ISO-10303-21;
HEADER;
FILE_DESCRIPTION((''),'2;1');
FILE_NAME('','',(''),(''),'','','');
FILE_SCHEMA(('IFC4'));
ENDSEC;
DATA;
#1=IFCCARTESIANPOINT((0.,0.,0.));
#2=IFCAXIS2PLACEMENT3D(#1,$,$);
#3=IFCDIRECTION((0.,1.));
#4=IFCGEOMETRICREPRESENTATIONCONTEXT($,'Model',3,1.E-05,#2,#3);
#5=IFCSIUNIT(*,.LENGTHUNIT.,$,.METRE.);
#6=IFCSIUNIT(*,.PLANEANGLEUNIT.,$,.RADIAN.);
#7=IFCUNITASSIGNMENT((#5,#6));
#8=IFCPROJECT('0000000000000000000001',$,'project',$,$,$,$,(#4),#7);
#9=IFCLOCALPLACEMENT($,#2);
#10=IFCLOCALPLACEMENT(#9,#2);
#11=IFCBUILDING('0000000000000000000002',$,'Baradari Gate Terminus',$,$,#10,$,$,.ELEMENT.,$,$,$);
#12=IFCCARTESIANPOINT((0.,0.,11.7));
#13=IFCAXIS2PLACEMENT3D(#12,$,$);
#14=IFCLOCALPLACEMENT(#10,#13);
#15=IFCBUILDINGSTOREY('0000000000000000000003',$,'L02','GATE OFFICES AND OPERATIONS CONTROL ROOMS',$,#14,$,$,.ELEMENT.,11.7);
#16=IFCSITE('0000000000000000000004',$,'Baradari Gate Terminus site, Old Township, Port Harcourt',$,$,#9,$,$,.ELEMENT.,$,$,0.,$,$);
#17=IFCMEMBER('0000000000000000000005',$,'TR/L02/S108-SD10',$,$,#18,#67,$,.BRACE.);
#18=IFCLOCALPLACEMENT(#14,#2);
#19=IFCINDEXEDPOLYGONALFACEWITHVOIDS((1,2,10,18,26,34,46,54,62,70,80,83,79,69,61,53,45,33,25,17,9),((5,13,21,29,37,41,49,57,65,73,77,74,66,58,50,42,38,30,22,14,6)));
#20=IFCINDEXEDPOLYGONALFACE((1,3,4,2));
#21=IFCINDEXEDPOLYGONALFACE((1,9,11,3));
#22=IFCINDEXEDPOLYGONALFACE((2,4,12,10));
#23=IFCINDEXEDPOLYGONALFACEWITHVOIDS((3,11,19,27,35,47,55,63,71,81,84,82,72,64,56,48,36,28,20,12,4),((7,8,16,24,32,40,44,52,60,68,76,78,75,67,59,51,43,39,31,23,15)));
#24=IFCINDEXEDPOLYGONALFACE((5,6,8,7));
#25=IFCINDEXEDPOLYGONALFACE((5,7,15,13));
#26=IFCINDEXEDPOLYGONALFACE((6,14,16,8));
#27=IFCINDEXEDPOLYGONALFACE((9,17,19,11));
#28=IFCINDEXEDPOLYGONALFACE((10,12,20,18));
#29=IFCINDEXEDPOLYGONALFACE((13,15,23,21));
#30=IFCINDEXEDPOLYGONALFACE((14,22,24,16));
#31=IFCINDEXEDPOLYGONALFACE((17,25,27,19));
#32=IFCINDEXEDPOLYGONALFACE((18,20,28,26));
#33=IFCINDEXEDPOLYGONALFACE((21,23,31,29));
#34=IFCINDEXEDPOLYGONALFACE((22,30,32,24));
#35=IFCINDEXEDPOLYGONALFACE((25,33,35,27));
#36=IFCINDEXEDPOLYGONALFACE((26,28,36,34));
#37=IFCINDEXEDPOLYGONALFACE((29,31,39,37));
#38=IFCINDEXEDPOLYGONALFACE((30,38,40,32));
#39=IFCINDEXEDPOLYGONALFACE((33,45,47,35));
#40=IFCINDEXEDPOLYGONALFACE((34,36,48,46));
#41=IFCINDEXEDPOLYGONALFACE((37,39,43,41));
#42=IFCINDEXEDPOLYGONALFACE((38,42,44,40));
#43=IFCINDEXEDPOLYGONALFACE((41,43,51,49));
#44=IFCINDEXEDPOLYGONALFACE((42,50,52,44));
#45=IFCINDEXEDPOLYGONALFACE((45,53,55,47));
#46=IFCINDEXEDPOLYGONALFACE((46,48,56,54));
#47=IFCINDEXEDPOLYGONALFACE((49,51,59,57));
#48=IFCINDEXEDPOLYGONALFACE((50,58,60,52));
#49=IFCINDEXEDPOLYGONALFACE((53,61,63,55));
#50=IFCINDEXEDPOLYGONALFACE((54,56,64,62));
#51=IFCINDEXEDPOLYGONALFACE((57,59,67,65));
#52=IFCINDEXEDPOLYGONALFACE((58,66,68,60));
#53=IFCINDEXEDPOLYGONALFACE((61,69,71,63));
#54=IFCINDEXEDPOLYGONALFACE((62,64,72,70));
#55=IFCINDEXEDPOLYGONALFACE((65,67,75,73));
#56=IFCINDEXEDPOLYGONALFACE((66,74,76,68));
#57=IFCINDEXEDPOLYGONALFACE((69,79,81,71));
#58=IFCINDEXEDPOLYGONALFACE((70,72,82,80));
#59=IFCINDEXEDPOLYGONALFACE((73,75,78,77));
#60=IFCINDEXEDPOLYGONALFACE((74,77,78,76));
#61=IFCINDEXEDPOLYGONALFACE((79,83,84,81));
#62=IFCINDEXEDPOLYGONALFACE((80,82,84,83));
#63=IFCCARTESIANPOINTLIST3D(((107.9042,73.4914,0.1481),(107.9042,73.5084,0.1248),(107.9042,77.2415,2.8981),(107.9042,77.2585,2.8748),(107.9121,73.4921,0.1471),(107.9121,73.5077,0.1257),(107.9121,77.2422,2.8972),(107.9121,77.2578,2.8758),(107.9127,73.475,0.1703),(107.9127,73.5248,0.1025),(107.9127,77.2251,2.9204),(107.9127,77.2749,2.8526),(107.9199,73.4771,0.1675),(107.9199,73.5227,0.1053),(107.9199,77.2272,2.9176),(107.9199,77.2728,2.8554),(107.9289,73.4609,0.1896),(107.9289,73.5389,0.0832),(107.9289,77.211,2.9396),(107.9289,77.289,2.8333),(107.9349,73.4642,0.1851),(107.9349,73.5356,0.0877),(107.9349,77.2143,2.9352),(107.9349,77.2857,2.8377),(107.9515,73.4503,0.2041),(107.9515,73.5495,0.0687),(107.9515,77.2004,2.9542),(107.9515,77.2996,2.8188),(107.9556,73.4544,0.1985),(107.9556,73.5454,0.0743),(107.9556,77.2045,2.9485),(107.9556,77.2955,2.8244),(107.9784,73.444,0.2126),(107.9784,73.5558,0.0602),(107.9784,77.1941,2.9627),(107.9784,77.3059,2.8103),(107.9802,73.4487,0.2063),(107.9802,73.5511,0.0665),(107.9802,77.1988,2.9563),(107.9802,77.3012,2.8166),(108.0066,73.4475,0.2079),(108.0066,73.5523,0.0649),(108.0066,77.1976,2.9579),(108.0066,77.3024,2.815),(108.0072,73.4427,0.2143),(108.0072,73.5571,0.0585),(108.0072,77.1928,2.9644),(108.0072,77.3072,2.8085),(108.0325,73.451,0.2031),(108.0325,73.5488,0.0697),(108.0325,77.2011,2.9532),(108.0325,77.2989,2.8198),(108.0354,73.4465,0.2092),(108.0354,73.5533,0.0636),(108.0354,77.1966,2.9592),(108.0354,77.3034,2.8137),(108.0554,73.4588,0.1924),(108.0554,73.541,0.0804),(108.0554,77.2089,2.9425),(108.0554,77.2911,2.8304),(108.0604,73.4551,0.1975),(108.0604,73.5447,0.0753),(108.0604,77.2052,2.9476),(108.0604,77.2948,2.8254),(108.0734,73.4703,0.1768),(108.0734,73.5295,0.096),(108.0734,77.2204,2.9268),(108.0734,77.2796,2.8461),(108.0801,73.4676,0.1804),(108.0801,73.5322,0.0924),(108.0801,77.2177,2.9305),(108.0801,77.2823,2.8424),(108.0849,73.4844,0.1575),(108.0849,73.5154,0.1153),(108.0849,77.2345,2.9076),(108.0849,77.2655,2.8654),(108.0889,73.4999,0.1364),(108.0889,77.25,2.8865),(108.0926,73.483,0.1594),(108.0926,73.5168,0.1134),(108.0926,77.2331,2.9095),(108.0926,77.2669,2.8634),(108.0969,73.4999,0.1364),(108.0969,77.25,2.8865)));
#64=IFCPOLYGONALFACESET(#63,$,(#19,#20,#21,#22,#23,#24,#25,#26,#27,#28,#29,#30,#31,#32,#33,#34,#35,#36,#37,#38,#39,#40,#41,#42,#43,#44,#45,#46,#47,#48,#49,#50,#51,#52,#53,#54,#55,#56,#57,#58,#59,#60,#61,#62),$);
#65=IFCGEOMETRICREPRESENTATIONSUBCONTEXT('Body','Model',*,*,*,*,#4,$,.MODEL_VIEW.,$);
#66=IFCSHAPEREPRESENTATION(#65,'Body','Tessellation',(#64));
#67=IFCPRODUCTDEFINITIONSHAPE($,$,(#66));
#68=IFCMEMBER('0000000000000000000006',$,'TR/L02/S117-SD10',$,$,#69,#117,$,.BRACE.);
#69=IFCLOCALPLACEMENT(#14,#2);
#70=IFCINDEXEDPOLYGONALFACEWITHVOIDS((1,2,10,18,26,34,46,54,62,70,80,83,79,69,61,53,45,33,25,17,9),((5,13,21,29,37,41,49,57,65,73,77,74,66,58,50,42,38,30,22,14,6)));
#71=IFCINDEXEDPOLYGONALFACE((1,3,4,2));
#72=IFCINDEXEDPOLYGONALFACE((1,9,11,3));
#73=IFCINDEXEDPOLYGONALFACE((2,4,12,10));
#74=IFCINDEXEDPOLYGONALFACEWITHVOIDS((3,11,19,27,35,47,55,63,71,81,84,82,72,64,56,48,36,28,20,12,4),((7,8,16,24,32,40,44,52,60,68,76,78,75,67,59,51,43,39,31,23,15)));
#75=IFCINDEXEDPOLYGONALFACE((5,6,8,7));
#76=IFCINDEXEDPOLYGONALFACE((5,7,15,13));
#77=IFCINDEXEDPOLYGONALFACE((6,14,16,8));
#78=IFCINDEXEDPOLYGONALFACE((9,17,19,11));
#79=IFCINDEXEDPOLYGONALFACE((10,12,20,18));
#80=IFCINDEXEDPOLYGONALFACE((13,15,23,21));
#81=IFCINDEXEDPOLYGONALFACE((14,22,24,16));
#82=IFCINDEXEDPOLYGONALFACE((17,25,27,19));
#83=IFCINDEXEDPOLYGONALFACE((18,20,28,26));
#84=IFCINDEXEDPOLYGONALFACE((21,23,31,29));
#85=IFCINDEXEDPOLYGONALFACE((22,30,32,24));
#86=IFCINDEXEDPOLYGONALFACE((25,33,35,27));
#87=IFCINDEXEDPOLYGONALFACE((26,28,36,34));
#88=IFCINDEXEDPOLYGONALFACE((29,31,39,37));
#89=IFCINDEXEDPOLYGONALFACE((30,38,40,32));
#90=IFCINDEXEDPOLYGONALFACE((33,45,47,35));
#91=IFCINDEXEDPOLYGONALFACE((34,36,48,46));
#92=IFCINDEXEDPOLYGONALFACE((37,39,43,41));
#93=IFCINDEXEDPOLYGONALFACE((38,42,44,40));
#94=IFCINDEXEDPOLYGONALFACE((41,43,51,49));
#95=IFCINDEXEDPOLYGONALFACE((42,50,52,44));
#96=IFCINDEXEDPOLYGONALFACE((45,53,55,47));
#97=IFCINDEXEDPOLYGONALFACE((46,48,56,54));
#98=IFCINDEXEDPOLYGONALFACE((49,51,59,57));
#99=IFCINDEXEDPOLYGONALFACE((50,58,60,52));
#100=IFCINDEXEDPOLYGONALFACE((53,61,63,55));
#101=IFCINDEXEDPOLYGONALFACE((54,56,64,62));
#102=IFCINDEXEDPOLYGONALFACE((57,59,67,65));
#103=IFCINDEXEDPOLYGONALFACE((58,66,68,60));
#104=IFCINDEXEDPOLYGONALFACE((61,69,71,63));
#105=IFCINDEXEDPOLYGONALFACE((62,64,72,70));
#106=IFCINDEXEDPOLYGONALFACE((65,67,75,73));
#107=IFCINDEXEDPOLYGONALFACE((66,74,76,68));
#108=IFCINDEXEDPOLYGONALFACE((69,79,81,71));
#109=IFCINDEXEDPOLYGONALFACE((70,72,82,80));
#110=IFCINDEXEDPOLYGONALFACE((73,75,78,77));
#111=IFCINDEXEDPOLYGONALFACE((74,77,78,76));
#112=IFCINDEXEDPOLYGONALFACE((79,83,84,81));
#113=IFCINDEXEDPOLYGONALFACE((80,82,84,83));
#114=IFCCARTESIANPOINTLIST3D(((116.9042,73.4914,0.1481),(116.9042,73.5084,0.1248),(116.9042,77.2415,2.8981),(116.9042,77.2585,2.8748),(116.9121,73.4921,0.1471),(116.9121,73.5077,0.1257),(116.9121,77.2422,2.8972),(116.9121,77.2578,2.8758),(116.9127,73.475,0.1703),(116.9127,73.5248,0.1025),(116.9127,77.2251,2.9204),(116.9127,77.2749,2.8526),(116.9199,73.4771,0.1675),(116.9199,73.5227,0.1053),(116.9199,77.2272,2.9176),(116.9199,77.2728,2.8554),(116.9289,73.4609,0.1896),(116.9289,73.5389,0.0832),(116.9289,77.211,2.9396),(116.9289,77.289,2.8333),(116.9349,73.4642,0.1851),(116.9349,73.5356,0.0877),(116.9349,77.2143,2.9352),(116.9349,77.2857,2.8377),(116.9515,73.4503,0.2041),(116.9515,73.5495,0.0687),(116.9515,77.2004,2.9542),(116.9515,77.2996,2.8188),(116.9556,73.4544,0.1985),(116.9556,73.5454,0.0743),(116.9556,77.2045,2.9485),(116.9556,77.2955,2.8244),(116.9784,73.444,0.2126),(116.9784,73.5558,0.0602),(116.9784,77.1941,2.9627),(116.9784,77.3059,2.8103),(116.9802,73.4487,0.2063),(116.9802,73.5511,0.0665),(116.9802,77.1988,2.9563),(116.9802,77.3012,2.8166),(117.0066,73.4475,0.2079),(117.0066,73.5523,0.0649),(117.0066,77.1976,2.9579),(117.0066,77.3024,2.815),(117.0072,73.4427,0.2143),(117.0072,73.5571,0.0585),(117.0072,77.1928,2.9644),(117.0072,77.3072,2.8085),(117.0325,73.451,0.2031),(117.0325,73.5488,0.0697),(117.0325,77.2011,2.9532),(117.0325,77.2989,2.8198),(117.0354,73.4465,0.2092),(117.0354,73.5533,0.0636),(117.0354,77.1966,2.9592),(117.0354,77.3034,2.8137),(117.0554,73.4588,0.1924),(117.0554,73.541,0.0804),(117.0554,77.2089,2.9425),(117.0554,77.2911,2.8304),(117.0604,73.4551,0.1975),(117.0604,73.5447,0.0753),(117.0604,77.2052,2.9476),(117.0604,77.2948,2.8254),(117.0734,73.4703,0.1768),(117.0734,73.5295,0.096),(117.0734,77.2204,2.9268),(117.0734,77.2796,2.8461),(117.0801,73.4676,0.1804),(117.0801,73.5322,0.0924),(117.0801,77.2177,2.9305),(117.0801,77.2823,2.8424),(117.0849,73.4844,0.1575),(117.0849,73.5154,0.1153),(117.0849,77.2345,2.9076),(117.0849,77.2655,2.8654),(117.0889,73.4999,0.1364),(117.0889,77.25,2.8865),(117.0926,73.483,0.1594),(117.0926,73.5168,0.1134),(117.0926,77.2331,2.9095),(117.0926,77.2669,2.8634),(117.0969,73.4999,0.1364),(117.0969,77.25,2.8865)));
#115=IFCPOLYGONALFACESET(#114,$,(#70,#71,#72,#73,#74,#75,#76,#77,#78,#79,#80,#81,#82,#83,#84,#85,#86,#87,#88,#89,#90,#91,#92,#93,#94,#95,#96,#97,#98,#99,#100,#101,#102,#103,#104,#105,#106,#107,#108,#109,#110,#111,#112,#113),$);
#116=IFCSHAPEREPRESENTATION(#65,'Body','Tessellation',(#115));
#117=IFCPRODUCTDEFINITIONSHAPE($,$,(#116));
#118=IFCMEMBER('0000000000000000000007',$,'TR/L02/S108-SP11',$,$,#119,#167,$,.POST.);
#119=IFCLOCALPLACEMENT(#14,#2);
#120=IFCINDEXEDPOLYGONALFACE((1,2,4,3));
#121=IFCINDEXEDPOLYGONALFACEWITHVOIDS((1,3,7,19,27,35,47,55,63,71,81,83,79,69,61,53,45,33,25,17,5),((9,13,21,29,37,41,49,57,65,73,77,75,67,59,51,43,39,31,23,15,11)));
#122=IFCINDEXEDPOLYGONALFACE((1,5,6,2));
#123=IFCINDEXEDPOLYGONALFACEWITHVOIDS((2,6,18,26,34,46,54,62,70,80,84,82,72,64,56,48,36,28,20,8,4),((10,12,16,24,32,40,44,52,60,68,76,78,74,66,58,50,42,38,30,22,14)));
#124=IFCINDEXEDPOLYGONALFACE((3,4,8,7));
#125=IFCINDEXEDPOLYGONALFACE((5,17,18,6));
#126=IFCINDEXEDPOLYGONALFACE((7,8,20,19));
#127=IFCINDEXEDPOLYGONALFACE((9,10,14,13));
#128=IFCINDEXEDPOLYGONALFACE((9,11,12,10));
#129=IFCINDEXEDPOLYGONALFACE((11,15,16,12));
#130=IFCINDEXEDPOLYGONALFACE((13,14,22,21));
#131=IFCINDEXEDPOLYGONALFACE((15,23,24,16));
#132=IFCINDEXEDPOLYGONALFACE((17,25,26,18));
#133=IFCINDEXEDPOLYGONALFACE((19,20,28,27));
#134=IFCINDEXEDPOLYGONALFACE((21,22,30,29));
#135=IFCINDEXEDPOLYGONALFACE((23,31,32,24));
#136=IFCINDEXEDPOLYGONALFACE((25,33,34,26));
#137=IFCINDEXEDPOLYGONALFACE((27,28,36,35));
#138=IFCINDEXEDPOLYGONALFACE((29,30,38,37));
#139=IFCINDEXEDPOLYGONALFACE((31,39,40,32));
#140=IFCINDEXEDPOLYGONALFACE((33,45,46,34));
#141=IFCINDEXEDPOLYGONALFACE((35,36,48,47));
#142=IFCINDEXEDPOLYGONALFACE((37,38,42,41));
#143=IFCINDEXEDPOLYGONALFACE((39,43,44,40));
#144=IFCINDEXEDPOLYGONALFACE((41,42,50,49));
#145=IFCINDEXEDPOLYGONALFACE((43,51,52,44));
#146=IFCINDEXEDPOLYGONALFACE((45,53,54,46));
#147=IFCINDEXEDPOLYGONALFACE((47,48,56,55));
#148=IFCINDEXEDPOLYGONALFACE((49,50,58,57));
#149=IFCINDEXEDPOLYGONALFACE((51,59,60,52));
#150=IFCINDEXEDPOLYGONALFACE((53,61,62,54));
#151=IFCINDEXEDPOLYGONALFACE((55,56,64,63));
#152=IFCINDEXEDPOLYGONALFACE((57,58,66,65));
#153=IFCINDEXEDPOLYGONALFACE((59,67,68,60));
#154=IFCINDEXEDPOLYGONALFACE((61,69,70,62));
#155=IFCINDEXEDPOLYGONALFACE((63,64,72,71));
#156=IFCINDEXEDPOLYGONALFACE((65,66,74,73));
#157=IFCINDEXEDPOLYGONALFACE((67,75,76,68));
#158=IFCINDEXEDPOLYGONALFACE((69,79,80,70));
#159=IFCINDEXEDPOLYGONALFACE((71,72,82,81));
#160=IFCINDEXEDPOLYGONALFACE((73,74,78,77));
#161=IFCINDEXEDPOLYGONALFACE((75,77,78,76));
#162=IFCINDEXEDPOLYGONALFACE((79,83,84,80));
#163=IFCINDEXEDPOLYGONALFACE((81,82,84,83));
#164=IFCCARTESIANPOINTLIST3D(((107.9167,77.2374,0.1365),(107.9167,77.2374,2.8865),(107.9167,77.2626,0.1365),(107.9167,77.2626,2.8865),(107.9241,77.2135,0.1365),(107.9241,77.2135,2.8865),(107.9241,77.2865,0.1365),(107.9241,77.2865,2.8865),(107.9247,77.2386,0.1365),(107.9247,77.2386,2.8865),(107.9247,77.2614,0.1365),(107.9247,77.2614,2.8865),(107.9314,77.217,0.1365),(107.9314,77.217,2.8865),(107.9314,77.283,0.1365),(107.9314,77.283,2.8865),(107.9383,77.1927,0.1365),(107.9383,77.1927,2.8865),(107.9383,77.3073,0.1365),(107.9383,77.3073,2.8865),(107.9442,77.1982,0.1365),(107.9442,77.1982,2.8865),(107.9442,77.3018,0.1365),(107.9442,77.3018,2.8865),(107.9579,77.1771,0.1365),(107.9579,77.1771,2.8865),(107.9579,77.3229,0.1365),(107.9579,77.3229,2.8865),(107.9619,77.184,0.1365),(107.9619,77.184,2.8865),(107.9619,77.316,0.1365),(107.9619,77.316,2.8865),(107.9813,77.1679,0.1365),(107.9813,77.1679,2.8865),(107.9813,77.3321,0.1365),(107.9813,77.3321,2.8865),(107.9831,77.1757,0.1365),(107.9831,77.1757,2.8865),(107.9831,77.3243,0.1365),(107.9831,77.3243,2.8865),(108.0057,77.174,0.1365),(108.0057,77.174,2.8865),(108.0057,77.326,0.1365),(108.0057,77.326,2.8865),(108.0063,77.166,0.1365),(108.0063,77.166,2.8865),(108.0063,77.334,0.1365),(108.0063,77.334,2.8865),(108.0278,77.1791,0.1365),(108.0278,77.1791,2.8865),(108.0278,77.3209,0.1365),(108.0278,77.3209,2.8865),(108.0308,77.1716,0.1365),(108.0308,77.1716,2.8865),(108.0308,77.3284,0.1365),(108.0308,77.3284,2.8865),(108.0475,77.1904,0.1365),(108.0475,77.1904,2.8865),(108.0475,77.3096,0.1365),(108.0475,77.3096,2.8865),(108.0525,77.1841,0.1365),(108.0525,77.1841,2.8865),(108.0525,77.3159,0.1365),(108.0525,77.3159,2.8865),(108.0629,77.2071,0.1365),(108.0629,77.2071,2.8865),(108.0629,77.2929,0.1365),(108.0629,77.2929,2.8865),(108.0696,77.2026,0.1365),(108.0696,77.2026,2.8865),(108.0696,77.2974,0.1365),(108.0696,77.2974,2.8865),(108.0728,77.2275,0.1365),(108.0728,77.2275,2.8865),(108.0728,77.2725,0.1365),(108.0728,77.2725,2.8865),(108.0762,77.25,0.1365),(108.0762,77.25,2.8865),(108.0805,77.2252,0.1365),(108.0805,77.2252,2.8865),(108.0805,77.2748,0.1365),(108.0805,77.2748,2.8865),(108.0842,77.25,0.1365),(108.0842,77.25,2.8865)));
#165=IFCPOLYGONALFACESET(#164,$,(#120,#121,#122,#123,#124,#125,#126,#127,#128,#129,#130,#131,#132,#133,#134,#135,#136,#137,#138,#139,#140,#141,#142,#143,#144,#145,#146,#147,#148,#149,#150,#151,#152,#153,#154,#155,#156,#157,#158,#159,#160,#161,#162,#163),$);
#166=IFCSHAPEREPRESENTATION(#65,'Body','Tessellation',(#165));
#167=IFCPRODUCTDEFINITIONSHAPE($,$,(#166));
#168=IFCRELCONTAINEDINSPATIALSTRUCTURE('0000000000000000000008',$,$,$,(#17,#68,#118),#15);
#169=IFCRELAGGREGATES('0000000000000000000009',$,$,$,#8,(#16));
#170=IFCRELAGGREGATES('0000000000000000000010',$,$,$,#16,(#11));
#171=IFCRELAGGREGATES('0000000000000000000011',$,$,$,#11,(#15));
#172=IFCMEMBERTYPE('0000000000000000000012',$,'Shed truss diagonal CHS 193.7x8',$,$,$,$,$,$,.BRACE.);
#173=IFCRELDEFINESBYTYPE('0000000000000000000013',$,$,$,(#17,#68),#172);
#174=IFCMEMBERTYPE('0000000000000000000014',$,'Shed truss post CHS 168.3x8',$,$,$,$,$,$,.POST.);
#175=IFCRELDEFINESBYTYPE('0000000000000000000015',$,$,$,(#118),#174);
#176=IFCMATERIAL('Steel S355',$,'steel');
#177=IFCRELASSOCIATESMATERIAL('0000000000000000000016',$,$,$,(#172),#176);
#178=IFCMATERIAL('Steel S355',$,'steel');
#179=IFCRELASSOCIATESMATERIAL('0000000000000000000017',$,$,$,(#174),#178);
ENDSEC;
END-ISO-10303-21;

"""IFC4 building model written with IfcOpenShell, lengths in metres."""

from ifc_helpers import new_model, si_unit, direction, frame, origin, origin_2d, place, context, subcontext, project, spatial, hollow_circle, extrude, material, material_profile, profile_set, type_object, element, save


model = new_model("IFC4")

# Units and contexts
model_context = context("Model", 3, precision=1e-05, world=origin(), true_north=direction((0.0, 1.0)))
body_context = subcontext(model_context, "Body", "Model", "MODEL_VIEW")
ifc_project = project(units=[si_unit("LENGTHUNIT", "METRE"), si_unit("PLANEANGLEUNIT", "RADIAN")], contexts=[model_context])

# Site, building, storey
site_placement = place(None, origin())
site = spatial("IfcSite", under=ifc_project, at=site_placement, Name="Baradari Gate Terminus site, Old Township, Port Harcourt", CompositionType="ELEMENT", RefElevation=0.0)
building_placement = place(site_placement, origin())
building = spatial("IfcBuilding", under=site, at=building_placement, Name="Baradari Gate Terminus", CompositionType="ELEMENT")
storey_placement = place(building_placement, frame((0.0, 0.0, 11.7)))
storey = spatial("IfcBuildingStorey", under=building, at=storey_placement, Name="L02", Description="GATE OFFICES AND OPERATIONS CONTROL ROOMS", CompositionType="ELEMENT", Elevation=11.7)

# Members
ifc_material_1 = material(Name="Steel S355", Category="steel")
ifc_material_profile_1 = material_profile(ifc_material_1, hollow_circle(Radius=0.0969, WallThickness=0.0081, at=origin_2d()), Name="CHS 193.7x8")
ifc_profile_set_1 = profile_set([ifc_material_profile_1], Name="Steel S355")
member_type_1 = type_object("IfcMemberType", Name="Shed truss diagonal CHS 193.7x8", PredefinedType="BRACE", material=ifc_profile_set_1)
for number, where, z_axis, x_axis, name in (
    (1, (108.0, 77.25, 2.8865), (0.0, -0.806405, -0.591364), (1.0, 0.0, 0.0), "TR/L02/S108-SD10"),
    (2, (117.0, 77.25, 2.8865), (0.0, -0.806405, -0.591364), (1.0, 0.0, 0.0), "TR/L02/S117-SD10"),
):
    element("IfcMember", number, at=place(storey_placement, frame(where, z_axis=z_axis, x_axis=x_axis)), inside=storey, type_object=member_type_1, Name=name, PredefinedType="BRACE", context=body_context, shape_type="SweptSolid", body=[
        extrude(hollow_circle(Radius=0.0969, WallThickness=0.0081, at=origin_2d()), origin(), (0.0, 0.0, 1.0), 4.6504),
    ])
ifc_material_2 = material(Name="Steel S355", Category="steel")
ifc_material_profile_2 = material_profile(ifc_material_2, hollow_circle(Radius=0.0842, WallThickness=0.0081, at=origin_2d()), Name="CHS 168.3x8")
ifc_profile_set_2 = profile_set([ifc_material_profile_2], Name="Steel S355")
member_type_2 = type_object("IfcMemberType", Name="Shed truss post CHS 168.3x8", PredefinedType="POST", material=ifc_profile_set_2)
member_1_placement = place(storey_placement, frame((108.0, 77.25, 0.1365), z_axis=(0.0, 0.0, 1.0), x_axis=(1.0, 0.0, 0.0)))
element("IfcMember", 3, at=member_1_placement, inside=storey, type_object=member_type_2, Name="TR/L02/S108-SP11", PredefinedType="POST", context=body_context, shape_type="SweptSolid", body=[
    extrude(hollow_circle(Radius=0.0842, WallThickness=0.0081, at=origin_2d()), origin(), (0.0, 0.0, 1.0), 2.75),
])

save(model, "model.ifc")
